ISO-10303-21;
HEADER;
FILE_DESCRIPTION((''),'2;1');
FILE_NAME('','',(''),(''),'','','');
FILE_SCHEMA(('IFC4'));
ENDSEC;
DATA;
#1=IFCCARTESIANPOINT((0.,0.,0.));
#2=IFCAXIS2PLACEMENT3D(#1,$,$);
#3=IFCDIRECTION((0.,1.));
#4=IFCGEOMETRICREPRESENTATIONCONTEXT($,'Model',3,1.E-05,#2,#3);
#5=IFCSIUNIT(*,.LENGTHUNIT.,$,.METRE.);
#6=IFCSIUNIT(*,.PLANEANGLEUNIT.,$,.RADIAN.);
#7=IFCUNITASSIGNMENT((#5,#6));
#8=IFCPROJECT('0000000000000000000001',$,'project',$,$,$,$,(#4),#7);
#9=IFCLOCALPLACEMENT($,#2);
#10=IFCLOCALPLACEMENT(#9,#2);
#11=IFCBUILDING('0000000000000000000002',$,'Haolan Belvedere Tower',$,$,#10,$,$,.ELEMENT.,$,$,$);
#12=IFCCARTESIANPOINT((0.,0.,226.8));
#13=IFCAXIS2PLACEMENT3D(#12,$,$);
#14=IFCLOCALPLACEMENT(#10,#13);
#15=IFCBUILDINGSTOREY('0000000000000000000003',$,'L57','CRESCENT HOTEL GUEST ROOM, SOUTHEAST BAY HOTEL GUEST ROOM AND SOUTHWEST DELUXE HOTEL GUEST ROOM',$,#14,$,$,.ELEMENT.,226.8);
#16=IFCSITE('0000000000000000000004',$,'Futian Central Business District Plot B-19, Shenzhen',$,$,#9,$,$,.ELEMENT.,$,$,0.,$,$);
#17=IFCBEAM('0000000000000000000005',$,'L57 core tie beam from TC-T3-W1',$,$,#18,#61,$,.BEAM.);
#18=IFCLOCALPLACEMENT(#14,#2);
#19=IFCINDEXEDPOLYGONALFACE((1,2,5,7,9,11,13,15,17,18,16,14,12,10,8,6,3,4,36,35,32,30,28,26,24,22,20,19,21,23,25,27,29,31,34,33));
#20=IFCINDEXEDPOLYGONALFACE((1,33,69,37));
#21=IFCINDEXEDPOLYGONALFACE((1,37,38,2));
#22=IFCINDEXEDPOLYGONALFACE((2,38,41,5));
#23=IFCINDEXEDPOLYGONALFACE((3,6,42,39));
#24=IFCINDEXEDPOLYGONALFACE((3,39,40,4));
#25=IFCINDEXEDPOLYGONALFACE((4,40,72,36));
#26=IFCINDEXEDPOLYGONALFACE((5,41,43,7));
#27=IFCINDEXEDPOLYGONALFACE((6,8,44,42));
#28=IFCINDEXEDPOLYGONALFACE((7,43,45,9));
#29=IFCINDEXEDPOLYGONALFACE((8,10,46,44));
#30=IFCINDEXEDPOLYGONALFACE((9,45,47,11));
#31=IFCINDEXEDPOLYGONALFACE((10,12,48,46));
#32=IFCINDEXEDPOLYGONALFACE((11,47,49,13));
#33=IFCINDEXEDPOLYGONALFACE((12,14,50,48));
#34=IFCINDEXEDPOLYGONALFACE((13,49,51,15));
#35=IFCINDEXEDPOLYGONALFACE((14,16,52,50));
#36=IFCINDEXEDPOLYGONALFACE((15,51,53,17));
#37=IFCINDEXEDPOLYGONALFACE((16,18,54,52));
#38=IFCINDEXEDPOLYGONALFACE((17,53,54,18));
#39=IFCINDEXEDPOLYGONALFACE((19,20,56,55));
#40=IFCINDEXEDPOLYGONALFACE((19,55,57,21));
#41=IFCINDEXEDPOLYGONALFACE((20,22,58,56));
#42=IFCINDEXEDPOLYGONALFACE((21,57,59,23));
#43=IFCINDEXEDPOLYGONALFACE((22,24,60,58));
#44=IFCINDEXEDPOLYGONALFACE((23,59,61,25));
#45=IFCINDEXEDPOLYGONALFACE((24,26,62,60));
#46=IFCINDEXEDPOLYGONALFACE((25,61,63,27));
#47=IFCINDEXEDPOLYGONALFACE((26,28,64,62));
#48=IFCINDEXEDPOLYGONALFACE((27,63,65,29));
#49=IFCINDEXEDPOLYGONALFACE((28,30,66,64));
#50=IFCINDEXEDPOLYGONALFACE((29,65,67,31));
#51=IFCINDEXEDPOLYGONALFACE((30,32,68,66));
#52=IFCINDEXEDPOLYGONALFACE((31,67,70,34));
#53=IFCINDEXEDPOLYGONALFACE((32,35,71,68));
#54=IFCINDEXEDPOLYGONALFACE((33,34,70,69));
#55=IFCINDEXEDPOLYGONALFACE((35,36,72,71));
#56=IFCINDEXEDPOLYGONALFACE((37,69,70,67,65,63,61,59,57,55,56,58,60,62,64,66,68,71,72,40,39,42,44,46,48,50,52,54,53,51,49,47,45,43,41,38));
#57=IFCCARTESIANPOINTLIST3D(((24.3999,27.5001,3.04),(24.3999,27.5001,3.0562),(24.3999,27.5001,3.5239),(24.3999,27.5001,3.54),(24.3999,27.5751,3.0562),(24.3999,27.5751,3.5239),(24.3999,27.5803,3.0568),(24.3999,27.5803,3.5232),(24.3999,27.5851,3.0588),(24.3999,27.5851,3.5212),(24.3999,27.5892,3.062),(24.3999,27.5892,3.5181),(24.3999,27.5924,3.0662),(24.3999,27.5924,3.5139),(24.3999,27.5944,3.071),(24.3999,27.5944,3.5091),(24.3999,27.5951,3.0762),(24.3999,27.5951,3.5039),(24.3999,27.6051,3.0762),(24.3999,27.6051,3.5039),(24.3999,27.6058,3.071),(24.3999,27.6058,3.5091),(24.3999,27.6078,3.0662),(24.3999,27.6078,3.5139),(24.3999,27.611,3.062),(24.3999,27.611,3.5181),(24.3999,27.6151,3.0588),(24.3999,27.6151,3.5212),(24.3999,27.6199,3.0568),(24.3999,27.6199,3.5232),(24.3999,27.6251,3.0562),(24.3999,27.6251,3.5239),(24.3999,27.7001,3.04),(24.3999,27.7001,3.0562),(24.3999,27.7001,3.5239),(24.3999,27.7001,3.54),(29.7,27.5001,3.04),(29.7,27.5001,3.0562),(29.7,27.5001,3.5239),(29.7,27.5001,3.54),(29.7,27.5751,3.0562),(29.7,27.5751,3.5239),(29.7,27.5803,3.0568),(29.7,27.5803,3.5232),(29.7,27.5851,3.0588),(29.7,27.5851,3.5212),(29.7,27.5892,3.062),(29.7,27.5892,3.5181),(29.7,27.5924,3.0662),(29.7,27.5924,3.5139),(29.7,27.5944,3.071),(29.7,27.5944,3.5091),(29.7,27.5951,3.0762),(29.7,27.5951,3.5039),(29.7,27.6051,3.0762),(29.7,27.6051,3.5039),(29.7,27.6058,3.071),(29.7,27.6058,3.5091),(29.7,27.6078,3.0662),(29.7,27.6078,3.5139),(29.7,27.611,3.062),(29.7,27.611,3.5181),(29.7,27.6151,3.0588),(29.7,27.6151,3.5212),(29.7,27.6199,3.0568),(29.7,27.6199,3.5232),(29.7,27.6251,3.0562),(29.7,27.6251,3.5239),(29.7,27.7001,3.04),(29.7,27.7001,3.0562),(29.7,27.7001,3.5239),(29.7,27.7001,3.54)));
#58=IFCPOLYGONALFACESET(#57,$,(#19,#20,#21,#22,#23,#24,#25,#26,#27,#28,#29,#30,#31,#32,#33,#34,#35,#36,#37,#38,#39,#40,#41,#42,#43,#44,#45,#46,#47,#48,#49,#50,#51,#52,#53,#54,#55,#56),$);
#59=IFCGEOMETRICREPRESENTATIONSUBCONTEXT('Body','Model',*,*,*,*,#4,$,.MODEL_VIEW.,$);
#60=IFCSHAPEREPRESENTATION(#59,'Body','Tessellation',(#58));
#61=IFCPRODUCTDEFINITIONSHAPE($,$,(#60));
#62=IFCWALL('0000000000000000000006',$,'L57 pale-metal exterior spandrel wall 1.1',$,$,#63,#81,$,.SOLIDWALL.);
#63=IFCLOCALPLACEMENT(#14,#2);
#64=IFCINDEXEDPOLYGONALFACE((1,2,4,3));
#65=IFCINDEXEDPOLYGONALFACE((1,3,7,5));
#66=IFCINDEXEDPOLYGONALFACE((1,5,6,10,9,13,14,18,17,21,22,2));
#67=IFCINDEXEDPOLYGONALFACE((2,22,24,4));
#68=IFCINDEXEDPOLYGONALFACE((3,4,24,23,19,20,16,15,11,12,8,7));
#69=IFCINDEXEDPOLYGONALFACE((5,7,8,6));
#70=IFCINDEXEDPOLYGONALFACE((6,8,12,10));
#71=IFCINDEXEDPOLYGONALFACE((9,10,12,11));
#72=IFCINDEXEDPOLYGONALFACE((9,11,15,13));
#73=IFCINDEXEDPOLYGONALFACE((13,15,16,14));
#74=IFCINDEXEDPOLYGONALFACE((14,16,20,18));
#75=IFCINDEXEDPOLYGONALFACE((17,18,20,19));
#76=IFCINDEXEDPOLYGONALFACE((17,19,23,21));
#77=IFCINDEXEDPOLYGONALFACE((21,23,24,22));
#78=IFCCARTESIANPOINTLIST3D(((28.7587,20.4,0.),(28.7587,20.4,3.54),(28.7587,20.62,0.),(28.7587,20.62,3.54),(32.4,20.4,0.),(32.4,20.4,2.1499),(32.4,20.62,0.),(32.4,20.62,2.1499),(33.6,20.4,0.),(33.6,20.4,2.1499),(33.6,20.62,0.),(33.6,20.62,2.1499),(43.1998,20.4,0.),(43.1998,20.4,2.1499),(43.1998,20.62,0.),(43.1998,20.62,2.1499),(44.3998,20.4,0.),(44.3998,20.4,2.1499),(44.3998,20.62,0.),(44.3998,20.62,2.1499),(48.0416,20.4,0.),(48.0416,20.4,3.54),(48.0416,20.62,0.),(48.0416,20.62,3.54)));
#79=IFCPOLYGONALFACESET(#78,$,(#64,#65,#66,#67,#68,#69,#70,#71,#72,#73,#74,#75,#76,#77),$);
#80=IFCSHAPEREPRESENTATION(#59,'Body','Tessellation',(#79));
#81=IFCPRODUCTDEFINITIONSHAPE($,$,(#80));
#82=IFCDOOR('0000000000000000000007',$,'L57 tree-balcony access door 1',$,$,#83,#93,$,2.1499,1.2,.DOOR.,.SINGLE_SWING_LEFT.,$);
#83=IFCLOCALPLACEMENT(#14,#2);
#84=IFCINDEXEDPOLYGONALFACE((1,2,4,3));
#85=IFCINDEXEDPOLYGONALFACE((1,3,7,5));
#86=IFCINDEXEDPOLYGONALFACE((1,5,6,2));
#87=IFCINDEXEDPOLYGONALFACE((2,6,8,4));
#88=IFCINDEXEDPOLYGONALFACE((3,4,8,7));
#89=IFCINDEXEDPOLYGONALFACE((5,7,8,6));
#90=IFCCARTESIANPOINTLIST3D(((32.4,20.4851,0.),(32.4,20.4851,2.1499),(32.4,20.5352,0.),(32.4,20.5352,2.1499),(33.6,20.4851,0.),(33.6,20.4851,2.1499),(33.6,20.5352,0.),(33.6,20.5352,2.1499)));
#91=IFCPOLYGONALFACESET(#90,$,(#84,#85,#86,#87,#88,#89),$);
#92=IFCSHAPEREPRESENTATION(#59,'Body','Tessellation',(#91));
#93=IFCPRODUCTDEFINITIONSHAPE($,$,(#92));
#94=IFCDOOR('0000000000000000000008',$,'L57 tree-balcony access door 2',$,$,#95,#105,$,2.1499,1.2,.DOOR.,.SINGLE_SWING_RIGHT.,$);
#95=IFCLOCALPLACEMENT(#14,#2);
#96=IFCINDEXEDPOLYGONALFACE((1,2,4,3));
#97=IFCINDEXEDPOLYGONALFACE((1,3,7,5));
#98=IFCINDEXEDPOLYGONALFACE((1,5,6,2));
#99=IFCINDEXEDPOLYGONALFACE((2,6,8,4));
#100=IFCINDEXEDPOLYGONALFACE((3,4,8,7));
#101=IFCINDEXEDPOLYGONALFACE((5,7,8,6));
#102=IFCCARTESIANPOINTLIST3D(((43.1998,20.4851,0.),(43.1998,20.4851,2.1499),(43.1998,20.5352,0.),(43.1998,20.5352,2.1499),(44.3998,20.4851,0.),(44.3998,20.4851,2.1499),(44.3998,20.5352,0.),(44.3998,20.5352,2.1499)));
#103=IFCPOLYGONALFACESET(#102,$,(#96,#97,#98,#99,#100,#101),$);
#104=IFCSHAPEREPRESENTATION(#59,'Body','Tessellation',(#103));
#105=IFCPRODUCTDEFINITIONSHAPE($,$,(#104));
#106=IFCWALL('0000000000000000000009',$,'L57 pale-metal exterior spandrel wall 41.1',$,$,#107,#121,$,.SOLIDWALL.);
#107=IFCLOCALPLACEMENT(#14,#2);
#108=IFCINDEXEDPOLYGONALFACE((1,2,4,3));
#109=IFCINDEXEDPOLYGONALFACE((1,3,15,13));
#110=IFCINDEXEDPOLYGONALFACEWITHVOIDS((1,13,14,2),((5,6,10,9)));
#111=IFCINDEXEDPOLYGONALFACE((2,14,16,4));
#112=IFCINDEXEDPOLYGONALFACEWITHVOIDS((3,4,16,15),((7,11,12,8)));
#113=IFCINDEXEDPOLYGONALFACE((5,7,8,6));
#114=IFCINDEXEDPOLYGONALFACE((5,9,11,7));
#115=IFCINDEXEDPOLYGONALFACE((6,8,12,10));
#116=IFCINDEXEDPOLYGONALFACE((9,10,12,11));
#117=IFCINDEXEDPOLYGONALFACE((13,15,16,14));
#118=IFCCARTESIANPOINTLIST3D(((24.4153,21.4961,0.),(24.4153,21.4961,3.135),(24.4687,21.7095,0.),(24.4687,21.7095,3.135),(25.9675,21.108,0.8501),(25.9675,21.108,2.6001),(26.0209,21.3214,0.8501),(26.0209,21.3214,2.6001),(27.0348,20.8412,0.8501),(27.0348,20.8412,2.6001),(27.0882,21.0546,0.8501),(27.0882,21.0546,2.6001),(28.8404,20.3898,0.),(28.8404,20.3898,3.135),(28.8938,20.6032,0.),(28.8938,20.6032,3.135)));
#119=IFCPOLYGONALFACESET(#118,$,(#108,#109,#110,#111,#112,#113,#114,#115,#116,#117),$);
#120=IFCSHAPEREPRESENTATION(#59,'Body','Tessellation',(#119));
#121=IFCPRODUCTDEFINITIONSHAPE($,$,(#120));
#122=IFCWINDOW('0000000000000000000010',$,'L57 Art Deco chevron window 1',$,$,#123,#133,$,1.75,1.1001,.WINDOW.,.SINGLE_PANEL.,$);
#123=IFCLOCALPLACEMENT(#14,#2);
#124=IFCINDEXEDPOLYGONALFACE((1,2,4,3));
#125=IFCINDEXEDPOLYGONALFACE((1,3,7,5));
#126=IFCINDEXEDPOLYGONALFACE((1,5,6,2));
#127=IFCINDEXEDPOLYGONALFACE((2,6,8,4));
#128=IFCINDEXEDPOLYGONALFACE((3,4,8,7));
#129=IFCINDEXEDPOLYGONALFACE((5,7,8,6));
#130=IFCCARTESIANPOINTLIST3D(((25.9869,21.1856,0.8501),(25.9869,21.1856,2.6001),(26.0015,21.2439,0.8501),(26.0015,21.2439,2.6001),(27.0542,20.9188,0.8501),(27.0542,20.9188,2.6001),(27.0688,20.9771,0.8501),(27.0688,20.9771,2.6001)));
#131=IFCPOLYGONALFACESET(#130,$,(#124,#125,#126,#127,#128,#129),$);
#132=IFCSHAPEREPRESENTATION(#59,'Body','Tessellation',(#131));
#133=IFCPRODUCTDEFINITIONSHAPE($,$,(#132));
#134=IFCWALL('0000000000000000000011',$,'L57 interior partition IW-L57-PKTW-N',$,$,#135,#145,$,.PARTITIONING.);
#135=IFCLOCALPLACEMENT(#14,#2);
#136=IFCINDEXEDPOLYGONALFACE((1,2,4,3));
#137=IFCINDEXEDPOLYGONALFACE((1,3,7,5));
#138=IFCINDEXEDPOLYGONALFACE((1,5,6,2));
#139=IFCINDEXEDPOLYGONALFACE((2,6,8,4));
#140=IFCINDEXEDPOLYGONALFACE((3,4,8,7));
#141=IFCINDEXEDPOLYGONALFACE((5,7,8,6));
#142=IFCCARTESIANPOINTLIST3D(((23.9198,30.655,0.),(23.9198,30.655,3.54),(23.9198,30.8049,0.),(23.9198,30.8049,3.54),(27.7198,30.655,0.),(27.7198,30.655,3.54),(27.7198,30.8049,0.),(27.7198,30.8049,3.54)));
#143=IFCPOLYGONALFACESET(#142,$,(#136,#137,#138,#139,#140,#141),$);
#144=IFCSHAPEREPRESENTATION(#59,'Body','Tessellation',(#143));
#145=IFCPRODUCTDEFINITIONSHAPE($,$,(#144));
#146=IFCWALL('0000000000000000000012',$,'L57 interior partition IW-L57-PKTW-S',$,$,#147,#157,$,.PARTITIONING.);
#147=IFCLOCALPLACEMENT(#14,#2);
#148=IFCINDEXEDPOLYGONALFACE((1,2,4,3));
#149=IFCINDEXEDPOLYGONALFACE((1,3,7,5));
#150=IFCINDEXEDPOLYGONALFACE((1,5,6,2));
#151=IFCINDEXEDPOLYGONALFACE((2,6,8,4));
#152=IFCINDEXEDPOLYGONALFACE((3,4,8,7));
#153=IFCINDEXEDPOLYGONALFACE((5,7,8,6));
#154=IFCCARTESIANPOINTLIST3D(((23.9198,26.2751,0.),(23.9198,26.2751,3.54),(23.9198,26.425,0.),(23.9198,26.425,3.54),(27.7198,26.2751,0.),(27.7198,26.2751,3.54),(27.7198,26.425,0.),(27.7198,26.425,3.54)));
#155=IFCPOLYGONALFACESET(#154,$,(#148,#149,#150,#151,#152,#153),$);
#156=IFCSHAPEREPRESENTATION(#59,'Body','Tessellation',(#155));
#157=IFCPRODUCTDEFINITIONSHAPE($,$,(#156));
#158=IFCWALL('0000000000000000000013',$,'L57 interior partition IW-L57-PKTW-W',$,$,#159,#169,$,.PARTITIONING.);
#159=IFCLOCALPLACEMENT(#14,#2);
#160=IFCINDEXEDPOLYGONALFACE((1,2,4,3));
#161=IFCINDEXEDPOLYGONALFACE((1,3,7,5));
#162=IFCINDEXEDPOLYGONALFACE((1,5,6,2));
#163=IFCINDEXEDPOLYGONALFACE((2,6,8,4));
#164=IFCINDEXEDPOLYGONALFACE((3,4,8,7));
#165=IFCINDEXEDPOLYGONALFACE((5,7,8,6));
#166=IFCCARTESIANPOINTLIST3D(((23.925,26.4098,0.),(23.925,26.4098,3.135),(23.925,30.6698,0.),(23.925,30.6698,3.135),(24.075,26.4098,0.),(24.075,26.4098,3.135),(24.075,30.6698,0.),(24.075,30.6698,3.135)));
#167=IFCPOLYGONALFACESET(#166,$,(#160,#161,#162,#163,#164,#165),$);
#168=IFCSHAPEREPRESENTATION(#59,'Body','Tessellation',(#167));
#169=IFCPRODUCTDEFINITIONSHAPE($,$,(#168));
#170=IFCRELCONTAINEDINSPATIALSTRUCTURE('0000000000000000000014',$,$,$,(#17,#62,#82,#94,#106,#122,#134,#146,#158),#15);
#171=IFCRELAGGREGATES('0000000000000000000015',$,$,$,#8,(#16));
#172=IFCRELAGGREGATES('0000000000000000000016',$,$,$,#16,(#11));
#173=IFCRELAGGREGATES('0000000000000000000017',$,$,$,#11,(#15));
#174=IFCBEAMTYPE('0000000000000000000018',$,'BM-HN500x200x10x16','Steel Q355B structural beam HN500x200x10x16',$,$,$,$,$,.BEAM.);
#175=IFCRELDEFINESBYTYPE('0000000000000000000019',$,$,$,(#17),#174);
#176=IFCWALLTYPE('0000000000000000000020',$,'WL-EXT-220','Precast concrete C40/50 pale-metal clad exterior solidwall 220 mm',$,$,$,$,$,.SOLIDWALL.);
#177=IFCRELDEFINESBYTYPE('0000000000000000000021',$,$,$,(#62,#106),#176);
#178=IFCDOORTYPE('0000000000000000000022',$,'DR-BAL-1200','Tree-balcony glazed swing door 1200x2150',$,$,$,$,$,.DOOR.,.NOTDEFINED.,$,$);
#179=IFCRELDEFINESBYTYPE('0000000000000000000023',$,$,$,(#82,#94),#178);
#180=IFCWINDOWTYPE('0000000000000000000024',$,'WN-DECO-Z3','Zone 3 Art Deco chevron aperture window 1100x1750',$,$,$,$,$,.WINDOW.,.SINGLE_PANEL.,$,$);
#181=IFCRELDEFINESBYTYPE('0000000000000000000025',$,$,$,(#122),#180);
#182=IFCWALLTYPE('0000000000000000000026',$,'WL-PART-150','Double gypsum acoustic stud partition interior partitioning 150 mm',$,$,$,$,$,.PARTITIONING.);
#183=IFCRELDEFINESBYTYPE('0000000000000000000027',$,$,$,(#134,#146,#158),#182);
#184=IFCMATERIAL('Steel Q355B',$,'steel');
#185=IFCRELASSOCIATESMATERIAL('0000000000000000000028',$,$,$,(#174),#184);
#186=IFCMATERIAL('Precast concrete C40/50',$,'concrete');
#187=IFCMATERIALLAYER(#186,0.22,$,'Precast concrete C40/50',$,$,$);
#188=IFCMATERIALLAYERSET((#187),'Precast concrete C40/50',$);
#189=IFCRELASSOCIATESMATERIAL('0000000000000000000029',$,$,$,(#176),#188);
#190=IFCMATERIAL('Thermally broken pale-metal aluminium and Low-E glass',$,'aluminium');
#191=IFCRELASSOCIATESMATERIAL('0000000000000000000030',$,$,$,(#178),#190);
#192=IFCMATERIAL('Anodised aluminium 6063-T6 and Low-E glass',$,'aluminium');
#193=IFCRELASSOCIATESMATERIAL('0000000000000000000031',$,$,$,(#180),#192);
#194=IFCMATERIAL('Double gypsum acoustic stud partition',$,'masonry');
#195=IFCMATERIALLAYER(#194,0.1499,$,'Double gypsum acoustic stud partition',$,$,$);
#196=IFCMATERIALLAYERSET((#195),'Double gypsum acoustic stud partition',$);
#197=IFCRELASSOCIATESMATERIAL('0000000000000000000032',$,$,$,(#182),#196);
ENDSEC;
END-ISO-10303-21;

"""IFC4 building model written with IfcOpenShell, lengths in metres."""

from ifc_helpers import new_model, si_unit, direction, frame, frame_2d, origin, origin_2d, place, context, subcontext, project, spatial, rectangle, i_section, extrude, material, layer, layer_set, material_profile, profile_set, type_object, element, fill, save


model = new_model("IFC4")

# Units and contexts
model_context = context("Model", 3, precision=1e-05, world=origin(), true_north=direction((0.0, 1.0)))
body_context = subcontext(model_context, "Body", "Model", "MODEL_VIEW")
ifc_project = project(units=[si_unit("LENGTHUNIT", "METRE"), si_unit("PLANEANGLEUNIT", "RADIAN")], contexts=[model_context])

# Site, building, storey
site_placement = place(None, origin())
site = spatial("IfcSite", under=ifc_project, at=site_placement, Name="Futian Central Business District Plot B-19, Shenzhen", CompositionType="ELEMENT", RefElevation=0.0)
building_placement = place(site_placement, origin())
building = spatial("IfcBuilding", under=site, at=building_placement, Name="Haolan Belvedere Tower", CompositionType="ELEMENT")
storey_placement = place(building_placement, frame((0.0, 0.0, 226.8)))
storey = spatial("IfcBuildingStorey", under=building, at=storey_placement, Name="L57", Description="CRESCENT HOTEL GUEST ROOM, SOUTHEAST BAY HOTEL GUEST ROOM AND SOUTHWEST DELUXE HOTEL GUEST ROOM", CompositionType="ELEMENT", Elevation=226.8)

# Beam
ifc_material_1 = material(Name="Steel Q355B", Category="steel")
ifc_material_profile_1 = material_profile(ifc_material_1, i_section(OverallWidth=0.2, OverallDepth=0.5, WebThickness=0.01, FlangeThickness=0.0161, FilletRadius=0.02, at=origin_2d()), Name="Steel Q355B")
ifc_profile_set_1 = profile_set([ifc_material_profile_1], Name="Steel Q355B")
beam_type_1 = type_object("IfcBeamType", Name="BM-HN500x200x10x16", Description="Steel Q355B structural beam HN500x200x10x16", PredefinedType="BEAM", material=ifc_profile_set_1)
beam_1_placement = place(storey_placement, frame((24.3999, 27.6001, 3.29), z_axis=(1.0, 0.0, 0.0), x_axis=(0.0, 1.0, 0.0)))
element("IfcBeam", 1, at=beam_1_placement, inside=storey, type_object=beam_type_1, Name="L57 core tie beam from TC-T3-W1", PredefinedType="BEAM", context=body_context, shape_type="SweptSolid", body=[
    extrude(i_section(OverallWidth=0.2, OverallDepth=0.5, WebThickness=0.01, FlangeThickness=0.0161, FilletRadius=0.02, at=origin_2d()), origin(), (0.0, 0.0, 1.0), 5.3),
])

# Wall, openings, doors
ifc_material_2 = material(Name="Precast concrete C40/50", Category="concrete")
ifc_layer_1 = layer(ifc_material_2, 0.22, Name="Precast concrete C40/50")
ifc_layer_set_1 = layer_set([ifc_layer_1], Name="Precast concrete C40/50")
wall_type_1 = type_object("IfcWallType", Name="WL-EXT-220", Description="Precast concrete C40/50 pale-metal clad exterior solidwall 220 mm", PredefinedType="SOLIDWALL", material=ifc_layer_set_1)
wall_1_placement = place(storey_placement, frame((28.7585, 20.51, 0.0), z_axis=(0.0, 0.0, 1.0), x_axis=(1.0, 0.0, 0.0)))
wall_1 = element("IfcWall", 2, at=wall_1_placement, inside=storey, type_object=wall_type_1, Name="L57 pale-metal exterior spandrel wall 1.1", PredefinedType="SOLIDWALL", context=body_context, shape_type="SweptSolid", body=[
    extrude(rectangle(XDim=19.283, YDim=0.22, at=frame_2d((9.6416, 0.0))), origin(), (0.0, 0.0, 1.0), 3.54),
])
opening_1_placement = place(wall_1_placement, frame((4.8416, 0.0, 0.0), z_axis=(0.0, 0.0, 1.0), x_axis=(-1.0, 0.0, 0.0)))
opening_1 = element("IfcOpeningElement", 3, at=opening_1_placement, cuts=wall_1, PredefinedType="OPENING", context=body_context, shape_type="SweptSolid", body=[
    extrude(rectangle(XDim=1.2, YDim=2.1499, at=frame_2d((0.6001, 1.075))), frame((0.0, 0.1199, 0.0), z_axis=(0.0, -1.0, 0.0), x_axis=(1.0, 0.0, 0.0)), (0.0, 0.0, 1.0), 0.24),
])
opening_2_placement = place(wall_1_placement, frame((15.6414, 0.0, 0.0), z_axis=(0.0, 0.0, 1.0), x_axis=(-1.0, 0.0, 0.0)))
opening_2 = element("IfcOpeningElement", 4, at=opening_2_placement, cuts=wall_1, PredefinedType="OPENING", context=body_context, shape_type="SweptSolid", body=[
    extrude(rectangle(XDim=1.2, YDim=2.1499, at=frame_2d((0.6001, 1.075))), frame((0.0, 0.1199, 0.0), z_axis=(0.0, -1.0, 0.0), x_axis=(1.0, 0.0, 0.0)), (0.0, 0.0, 1.0), 0.24),
])
ifc_material_3 = material(Name="Thermally broken pale-metal aluminium and Low-E glass", Category="aluminium")
door_type_1 = type_object("IfcDoorType", Name="DR-BAL-1200", Description="Tree-balcony glazed swing door 1200x2150", OperationType="NOTDEFINED", PredefinedType="DOOR", material=ifc_material_3)
door_1_placement = place(opening_1_placement, origin())
door_1 = element("IfcDoor", 5, at=door_1_placement, inside=storey, type_object=door_type_1, Name="L57 tree-balcony access door 1", OperationType="SINGLE_SWING_LEFT", OverallHeight=2.1499, OverallWidth=1.2, PredefinedType="DOOR", context=body_context, shape_type="SweptSolid", body=[
    extrude(rectangle(XDim=1.2, YDim=2.1499, at=frame_2d((0.6001, 1.075))), frame((0.0, 0.0249, 0.0), z_axis=(0.0, -1.0, 0.0), x_axis=(1.0, 0.0, 0.0)), (0.0, 0.0, 1.0), 0.05),
])
fill(opening_1, door_1)
door_2_placement = place(opening_2_placement, origin())
door_2 = element("IfcDoor", 6, at=door_2_placement, inside=storey, type_object=door_type_1, Name="L57 tree-balcony access door 2", OperationType="SINGLE_SWING_RIGHT", OverallHeight=2.1499, OverallWidth=1.2, PredefinedType="DOOR", context=body_context, shape_type="SweptSolid", body=[
    extrude(rectangle(XDim=1.2, YDim=2.1499, at=frame_2d((0.6001, 1.075))), frame((0.0, 0.0249, 0.0), z_axis=(0.0, -1.0, 0.0), x_axis=(1.0, 0.0, 0.0)), (0.0, 0.0, 1.0), 0.05),
])
fill(opening_2, door_2)

# Wall, opening, window
wall_2_placement = place(storey_placement, frame((24.4419, 21.6028, 0.0), z_axis=(0.0, 0.0, 1.0), x_axis=(0.970146, -0.242523, 0.0)))
wall_2 = element("IfcWall", 7, at=wall_2_placement, inside=storey, type_object=wall_type_1, Name="L57 pale-metal exterior spandrel wall 41.1", PredefinedType="SOLIDWALL", context=body_context, shape_type="SweptSolid", body=[
    extrude(rectangle(XDim=4.5613, YDim=0.22, at=frame_2d((2.2808, 0.0))), origin(), (0.0, 0.0, 1.0), 3.135),
])
opening_3_placement = place(wall_2_placement, frame((1.6001, 0.0, 0.8501)))
opening_3 = element("IfcOpeningElement", 8, at=opening_3_placement, cuts=wall_2, PredefinedType="OPENING", context=body_context, shape_type="SweptSolid", body=[
    extrude(rectangle(XDim=1.1001, YDim=1.75, at=frame_2d((0.55, 0.875))), frame((0.0, 0.1199, 0.0), z_axis=(0.0, -1.0, 0.0), x_axis=(1.0, 0.0, 0.0)), (0.0, 0.0, 1.0), 0.24),
])
ifc_material_4 = material(Name="Anodised aluminium 6063-T6 and Low-E glass", Category="aluminium")
window_type = type_object("IfcWindowType", Name="WN-DECO-Z3", Description="Zone 3 Art Deco chevron aperture window 1100x1750", PartitioningType="SINGLE_PANEL", PredefinedType="WINDOW", material=ifc_material_4)
window_placement = place(opening_3_placement, origin())
window = element("IfcWindow", 9, at=window_placement, inside=storey, type_object=window_type, Name="L57 Art Deco chevron window 1", OverallHeight=1.75, OverallWidth=1.1001, PartitioningType="SINGLE_PANEL", PredefinedType="WINDOW", context=body_context, shape_type="SweptSolid", body=[
    extrude(rectangle(XDim=1.1001, YDim=1.75, at=frame_2d((0.55, 0.875))), frame((0.0, 0.03, 0.0), z_axis=(0.0, -1.0, 0.0), x_axis=(1.0, 0.0, 0.0)), (0.0, 0.0, 1.0), 0.0601),
])
fill(opening_3, window)

# Walls
ifc_material_5 = material(Name="Double gypsum acoustic stud partition", Category="masonry")
ifc_layer_2 = layer(ifc_material_5, 0.1499, Name="Double gypsum acoustic stud partition")
ifc_layer_set_2 = layer_set([ifc_layer_2], Name="Double gypsum acoustic stud partition")
wall_type_2 = type_object("IfcWallType", Name="WL-PART-150", Description="Double gypsum acoustic stud partition interior partitioning 150 mm", PredefinedType="PARTITIONING", material=ifc_layer_set_2)
for number, where, z_axis, x_axis, name in (
    (10, (23.9199, 30.73, 0.0), (0.0, 0.0, 1.0), (1.0, 0.0, 0.0), "L57 interior partition IW-L57-PKTW-N"),
    (11, (23.9199, 26.3501, 0.0), (0.0, 0.0, 1.0), (1.0, 0.0, 0.0), "L57 interior partition IW-L57-PKTW-S"),
):
    element("IfcWall", number, at=place(storey_placement, frame(where, z_axis=z_axis, x_axis=x_axis)), inside=storey, type_object=wall_type_2, Name=name, PredefinedType="PARTITIONING", context=body_context, shape_type="SweptSolid", body=[
        extrude(rectangle(XDim=3.8, YDim=0.1499, at=frame_2d((1.8999, 0.0))), origin(), (0.0, 0.0, 1.0), 3.54),
    ])
wall_3_placement = place(storey_placement, frame((24.0, 26.4099, 0.0), z_axis=(0.0, 0.0, 1.0), x_axis=(0.0, 1.0, 0.0)))
element("IfcWall", 12, at=wall_3_placement, inside=storey, type_object=wall_type_2, Name="L57 interior partition IW-L57-PKTW-W", PredefinedType="PARTITIONING", context=body_context, shape_type="SweptSolid", body=[
    extrude(rectangle(XDim=4.26, YDim=0.1499, at=frame_2d((2.1299, 0.0))), origin(), (0.0, 0.0, 1.0), 3.135),
])

save(model, "model.ifc")
